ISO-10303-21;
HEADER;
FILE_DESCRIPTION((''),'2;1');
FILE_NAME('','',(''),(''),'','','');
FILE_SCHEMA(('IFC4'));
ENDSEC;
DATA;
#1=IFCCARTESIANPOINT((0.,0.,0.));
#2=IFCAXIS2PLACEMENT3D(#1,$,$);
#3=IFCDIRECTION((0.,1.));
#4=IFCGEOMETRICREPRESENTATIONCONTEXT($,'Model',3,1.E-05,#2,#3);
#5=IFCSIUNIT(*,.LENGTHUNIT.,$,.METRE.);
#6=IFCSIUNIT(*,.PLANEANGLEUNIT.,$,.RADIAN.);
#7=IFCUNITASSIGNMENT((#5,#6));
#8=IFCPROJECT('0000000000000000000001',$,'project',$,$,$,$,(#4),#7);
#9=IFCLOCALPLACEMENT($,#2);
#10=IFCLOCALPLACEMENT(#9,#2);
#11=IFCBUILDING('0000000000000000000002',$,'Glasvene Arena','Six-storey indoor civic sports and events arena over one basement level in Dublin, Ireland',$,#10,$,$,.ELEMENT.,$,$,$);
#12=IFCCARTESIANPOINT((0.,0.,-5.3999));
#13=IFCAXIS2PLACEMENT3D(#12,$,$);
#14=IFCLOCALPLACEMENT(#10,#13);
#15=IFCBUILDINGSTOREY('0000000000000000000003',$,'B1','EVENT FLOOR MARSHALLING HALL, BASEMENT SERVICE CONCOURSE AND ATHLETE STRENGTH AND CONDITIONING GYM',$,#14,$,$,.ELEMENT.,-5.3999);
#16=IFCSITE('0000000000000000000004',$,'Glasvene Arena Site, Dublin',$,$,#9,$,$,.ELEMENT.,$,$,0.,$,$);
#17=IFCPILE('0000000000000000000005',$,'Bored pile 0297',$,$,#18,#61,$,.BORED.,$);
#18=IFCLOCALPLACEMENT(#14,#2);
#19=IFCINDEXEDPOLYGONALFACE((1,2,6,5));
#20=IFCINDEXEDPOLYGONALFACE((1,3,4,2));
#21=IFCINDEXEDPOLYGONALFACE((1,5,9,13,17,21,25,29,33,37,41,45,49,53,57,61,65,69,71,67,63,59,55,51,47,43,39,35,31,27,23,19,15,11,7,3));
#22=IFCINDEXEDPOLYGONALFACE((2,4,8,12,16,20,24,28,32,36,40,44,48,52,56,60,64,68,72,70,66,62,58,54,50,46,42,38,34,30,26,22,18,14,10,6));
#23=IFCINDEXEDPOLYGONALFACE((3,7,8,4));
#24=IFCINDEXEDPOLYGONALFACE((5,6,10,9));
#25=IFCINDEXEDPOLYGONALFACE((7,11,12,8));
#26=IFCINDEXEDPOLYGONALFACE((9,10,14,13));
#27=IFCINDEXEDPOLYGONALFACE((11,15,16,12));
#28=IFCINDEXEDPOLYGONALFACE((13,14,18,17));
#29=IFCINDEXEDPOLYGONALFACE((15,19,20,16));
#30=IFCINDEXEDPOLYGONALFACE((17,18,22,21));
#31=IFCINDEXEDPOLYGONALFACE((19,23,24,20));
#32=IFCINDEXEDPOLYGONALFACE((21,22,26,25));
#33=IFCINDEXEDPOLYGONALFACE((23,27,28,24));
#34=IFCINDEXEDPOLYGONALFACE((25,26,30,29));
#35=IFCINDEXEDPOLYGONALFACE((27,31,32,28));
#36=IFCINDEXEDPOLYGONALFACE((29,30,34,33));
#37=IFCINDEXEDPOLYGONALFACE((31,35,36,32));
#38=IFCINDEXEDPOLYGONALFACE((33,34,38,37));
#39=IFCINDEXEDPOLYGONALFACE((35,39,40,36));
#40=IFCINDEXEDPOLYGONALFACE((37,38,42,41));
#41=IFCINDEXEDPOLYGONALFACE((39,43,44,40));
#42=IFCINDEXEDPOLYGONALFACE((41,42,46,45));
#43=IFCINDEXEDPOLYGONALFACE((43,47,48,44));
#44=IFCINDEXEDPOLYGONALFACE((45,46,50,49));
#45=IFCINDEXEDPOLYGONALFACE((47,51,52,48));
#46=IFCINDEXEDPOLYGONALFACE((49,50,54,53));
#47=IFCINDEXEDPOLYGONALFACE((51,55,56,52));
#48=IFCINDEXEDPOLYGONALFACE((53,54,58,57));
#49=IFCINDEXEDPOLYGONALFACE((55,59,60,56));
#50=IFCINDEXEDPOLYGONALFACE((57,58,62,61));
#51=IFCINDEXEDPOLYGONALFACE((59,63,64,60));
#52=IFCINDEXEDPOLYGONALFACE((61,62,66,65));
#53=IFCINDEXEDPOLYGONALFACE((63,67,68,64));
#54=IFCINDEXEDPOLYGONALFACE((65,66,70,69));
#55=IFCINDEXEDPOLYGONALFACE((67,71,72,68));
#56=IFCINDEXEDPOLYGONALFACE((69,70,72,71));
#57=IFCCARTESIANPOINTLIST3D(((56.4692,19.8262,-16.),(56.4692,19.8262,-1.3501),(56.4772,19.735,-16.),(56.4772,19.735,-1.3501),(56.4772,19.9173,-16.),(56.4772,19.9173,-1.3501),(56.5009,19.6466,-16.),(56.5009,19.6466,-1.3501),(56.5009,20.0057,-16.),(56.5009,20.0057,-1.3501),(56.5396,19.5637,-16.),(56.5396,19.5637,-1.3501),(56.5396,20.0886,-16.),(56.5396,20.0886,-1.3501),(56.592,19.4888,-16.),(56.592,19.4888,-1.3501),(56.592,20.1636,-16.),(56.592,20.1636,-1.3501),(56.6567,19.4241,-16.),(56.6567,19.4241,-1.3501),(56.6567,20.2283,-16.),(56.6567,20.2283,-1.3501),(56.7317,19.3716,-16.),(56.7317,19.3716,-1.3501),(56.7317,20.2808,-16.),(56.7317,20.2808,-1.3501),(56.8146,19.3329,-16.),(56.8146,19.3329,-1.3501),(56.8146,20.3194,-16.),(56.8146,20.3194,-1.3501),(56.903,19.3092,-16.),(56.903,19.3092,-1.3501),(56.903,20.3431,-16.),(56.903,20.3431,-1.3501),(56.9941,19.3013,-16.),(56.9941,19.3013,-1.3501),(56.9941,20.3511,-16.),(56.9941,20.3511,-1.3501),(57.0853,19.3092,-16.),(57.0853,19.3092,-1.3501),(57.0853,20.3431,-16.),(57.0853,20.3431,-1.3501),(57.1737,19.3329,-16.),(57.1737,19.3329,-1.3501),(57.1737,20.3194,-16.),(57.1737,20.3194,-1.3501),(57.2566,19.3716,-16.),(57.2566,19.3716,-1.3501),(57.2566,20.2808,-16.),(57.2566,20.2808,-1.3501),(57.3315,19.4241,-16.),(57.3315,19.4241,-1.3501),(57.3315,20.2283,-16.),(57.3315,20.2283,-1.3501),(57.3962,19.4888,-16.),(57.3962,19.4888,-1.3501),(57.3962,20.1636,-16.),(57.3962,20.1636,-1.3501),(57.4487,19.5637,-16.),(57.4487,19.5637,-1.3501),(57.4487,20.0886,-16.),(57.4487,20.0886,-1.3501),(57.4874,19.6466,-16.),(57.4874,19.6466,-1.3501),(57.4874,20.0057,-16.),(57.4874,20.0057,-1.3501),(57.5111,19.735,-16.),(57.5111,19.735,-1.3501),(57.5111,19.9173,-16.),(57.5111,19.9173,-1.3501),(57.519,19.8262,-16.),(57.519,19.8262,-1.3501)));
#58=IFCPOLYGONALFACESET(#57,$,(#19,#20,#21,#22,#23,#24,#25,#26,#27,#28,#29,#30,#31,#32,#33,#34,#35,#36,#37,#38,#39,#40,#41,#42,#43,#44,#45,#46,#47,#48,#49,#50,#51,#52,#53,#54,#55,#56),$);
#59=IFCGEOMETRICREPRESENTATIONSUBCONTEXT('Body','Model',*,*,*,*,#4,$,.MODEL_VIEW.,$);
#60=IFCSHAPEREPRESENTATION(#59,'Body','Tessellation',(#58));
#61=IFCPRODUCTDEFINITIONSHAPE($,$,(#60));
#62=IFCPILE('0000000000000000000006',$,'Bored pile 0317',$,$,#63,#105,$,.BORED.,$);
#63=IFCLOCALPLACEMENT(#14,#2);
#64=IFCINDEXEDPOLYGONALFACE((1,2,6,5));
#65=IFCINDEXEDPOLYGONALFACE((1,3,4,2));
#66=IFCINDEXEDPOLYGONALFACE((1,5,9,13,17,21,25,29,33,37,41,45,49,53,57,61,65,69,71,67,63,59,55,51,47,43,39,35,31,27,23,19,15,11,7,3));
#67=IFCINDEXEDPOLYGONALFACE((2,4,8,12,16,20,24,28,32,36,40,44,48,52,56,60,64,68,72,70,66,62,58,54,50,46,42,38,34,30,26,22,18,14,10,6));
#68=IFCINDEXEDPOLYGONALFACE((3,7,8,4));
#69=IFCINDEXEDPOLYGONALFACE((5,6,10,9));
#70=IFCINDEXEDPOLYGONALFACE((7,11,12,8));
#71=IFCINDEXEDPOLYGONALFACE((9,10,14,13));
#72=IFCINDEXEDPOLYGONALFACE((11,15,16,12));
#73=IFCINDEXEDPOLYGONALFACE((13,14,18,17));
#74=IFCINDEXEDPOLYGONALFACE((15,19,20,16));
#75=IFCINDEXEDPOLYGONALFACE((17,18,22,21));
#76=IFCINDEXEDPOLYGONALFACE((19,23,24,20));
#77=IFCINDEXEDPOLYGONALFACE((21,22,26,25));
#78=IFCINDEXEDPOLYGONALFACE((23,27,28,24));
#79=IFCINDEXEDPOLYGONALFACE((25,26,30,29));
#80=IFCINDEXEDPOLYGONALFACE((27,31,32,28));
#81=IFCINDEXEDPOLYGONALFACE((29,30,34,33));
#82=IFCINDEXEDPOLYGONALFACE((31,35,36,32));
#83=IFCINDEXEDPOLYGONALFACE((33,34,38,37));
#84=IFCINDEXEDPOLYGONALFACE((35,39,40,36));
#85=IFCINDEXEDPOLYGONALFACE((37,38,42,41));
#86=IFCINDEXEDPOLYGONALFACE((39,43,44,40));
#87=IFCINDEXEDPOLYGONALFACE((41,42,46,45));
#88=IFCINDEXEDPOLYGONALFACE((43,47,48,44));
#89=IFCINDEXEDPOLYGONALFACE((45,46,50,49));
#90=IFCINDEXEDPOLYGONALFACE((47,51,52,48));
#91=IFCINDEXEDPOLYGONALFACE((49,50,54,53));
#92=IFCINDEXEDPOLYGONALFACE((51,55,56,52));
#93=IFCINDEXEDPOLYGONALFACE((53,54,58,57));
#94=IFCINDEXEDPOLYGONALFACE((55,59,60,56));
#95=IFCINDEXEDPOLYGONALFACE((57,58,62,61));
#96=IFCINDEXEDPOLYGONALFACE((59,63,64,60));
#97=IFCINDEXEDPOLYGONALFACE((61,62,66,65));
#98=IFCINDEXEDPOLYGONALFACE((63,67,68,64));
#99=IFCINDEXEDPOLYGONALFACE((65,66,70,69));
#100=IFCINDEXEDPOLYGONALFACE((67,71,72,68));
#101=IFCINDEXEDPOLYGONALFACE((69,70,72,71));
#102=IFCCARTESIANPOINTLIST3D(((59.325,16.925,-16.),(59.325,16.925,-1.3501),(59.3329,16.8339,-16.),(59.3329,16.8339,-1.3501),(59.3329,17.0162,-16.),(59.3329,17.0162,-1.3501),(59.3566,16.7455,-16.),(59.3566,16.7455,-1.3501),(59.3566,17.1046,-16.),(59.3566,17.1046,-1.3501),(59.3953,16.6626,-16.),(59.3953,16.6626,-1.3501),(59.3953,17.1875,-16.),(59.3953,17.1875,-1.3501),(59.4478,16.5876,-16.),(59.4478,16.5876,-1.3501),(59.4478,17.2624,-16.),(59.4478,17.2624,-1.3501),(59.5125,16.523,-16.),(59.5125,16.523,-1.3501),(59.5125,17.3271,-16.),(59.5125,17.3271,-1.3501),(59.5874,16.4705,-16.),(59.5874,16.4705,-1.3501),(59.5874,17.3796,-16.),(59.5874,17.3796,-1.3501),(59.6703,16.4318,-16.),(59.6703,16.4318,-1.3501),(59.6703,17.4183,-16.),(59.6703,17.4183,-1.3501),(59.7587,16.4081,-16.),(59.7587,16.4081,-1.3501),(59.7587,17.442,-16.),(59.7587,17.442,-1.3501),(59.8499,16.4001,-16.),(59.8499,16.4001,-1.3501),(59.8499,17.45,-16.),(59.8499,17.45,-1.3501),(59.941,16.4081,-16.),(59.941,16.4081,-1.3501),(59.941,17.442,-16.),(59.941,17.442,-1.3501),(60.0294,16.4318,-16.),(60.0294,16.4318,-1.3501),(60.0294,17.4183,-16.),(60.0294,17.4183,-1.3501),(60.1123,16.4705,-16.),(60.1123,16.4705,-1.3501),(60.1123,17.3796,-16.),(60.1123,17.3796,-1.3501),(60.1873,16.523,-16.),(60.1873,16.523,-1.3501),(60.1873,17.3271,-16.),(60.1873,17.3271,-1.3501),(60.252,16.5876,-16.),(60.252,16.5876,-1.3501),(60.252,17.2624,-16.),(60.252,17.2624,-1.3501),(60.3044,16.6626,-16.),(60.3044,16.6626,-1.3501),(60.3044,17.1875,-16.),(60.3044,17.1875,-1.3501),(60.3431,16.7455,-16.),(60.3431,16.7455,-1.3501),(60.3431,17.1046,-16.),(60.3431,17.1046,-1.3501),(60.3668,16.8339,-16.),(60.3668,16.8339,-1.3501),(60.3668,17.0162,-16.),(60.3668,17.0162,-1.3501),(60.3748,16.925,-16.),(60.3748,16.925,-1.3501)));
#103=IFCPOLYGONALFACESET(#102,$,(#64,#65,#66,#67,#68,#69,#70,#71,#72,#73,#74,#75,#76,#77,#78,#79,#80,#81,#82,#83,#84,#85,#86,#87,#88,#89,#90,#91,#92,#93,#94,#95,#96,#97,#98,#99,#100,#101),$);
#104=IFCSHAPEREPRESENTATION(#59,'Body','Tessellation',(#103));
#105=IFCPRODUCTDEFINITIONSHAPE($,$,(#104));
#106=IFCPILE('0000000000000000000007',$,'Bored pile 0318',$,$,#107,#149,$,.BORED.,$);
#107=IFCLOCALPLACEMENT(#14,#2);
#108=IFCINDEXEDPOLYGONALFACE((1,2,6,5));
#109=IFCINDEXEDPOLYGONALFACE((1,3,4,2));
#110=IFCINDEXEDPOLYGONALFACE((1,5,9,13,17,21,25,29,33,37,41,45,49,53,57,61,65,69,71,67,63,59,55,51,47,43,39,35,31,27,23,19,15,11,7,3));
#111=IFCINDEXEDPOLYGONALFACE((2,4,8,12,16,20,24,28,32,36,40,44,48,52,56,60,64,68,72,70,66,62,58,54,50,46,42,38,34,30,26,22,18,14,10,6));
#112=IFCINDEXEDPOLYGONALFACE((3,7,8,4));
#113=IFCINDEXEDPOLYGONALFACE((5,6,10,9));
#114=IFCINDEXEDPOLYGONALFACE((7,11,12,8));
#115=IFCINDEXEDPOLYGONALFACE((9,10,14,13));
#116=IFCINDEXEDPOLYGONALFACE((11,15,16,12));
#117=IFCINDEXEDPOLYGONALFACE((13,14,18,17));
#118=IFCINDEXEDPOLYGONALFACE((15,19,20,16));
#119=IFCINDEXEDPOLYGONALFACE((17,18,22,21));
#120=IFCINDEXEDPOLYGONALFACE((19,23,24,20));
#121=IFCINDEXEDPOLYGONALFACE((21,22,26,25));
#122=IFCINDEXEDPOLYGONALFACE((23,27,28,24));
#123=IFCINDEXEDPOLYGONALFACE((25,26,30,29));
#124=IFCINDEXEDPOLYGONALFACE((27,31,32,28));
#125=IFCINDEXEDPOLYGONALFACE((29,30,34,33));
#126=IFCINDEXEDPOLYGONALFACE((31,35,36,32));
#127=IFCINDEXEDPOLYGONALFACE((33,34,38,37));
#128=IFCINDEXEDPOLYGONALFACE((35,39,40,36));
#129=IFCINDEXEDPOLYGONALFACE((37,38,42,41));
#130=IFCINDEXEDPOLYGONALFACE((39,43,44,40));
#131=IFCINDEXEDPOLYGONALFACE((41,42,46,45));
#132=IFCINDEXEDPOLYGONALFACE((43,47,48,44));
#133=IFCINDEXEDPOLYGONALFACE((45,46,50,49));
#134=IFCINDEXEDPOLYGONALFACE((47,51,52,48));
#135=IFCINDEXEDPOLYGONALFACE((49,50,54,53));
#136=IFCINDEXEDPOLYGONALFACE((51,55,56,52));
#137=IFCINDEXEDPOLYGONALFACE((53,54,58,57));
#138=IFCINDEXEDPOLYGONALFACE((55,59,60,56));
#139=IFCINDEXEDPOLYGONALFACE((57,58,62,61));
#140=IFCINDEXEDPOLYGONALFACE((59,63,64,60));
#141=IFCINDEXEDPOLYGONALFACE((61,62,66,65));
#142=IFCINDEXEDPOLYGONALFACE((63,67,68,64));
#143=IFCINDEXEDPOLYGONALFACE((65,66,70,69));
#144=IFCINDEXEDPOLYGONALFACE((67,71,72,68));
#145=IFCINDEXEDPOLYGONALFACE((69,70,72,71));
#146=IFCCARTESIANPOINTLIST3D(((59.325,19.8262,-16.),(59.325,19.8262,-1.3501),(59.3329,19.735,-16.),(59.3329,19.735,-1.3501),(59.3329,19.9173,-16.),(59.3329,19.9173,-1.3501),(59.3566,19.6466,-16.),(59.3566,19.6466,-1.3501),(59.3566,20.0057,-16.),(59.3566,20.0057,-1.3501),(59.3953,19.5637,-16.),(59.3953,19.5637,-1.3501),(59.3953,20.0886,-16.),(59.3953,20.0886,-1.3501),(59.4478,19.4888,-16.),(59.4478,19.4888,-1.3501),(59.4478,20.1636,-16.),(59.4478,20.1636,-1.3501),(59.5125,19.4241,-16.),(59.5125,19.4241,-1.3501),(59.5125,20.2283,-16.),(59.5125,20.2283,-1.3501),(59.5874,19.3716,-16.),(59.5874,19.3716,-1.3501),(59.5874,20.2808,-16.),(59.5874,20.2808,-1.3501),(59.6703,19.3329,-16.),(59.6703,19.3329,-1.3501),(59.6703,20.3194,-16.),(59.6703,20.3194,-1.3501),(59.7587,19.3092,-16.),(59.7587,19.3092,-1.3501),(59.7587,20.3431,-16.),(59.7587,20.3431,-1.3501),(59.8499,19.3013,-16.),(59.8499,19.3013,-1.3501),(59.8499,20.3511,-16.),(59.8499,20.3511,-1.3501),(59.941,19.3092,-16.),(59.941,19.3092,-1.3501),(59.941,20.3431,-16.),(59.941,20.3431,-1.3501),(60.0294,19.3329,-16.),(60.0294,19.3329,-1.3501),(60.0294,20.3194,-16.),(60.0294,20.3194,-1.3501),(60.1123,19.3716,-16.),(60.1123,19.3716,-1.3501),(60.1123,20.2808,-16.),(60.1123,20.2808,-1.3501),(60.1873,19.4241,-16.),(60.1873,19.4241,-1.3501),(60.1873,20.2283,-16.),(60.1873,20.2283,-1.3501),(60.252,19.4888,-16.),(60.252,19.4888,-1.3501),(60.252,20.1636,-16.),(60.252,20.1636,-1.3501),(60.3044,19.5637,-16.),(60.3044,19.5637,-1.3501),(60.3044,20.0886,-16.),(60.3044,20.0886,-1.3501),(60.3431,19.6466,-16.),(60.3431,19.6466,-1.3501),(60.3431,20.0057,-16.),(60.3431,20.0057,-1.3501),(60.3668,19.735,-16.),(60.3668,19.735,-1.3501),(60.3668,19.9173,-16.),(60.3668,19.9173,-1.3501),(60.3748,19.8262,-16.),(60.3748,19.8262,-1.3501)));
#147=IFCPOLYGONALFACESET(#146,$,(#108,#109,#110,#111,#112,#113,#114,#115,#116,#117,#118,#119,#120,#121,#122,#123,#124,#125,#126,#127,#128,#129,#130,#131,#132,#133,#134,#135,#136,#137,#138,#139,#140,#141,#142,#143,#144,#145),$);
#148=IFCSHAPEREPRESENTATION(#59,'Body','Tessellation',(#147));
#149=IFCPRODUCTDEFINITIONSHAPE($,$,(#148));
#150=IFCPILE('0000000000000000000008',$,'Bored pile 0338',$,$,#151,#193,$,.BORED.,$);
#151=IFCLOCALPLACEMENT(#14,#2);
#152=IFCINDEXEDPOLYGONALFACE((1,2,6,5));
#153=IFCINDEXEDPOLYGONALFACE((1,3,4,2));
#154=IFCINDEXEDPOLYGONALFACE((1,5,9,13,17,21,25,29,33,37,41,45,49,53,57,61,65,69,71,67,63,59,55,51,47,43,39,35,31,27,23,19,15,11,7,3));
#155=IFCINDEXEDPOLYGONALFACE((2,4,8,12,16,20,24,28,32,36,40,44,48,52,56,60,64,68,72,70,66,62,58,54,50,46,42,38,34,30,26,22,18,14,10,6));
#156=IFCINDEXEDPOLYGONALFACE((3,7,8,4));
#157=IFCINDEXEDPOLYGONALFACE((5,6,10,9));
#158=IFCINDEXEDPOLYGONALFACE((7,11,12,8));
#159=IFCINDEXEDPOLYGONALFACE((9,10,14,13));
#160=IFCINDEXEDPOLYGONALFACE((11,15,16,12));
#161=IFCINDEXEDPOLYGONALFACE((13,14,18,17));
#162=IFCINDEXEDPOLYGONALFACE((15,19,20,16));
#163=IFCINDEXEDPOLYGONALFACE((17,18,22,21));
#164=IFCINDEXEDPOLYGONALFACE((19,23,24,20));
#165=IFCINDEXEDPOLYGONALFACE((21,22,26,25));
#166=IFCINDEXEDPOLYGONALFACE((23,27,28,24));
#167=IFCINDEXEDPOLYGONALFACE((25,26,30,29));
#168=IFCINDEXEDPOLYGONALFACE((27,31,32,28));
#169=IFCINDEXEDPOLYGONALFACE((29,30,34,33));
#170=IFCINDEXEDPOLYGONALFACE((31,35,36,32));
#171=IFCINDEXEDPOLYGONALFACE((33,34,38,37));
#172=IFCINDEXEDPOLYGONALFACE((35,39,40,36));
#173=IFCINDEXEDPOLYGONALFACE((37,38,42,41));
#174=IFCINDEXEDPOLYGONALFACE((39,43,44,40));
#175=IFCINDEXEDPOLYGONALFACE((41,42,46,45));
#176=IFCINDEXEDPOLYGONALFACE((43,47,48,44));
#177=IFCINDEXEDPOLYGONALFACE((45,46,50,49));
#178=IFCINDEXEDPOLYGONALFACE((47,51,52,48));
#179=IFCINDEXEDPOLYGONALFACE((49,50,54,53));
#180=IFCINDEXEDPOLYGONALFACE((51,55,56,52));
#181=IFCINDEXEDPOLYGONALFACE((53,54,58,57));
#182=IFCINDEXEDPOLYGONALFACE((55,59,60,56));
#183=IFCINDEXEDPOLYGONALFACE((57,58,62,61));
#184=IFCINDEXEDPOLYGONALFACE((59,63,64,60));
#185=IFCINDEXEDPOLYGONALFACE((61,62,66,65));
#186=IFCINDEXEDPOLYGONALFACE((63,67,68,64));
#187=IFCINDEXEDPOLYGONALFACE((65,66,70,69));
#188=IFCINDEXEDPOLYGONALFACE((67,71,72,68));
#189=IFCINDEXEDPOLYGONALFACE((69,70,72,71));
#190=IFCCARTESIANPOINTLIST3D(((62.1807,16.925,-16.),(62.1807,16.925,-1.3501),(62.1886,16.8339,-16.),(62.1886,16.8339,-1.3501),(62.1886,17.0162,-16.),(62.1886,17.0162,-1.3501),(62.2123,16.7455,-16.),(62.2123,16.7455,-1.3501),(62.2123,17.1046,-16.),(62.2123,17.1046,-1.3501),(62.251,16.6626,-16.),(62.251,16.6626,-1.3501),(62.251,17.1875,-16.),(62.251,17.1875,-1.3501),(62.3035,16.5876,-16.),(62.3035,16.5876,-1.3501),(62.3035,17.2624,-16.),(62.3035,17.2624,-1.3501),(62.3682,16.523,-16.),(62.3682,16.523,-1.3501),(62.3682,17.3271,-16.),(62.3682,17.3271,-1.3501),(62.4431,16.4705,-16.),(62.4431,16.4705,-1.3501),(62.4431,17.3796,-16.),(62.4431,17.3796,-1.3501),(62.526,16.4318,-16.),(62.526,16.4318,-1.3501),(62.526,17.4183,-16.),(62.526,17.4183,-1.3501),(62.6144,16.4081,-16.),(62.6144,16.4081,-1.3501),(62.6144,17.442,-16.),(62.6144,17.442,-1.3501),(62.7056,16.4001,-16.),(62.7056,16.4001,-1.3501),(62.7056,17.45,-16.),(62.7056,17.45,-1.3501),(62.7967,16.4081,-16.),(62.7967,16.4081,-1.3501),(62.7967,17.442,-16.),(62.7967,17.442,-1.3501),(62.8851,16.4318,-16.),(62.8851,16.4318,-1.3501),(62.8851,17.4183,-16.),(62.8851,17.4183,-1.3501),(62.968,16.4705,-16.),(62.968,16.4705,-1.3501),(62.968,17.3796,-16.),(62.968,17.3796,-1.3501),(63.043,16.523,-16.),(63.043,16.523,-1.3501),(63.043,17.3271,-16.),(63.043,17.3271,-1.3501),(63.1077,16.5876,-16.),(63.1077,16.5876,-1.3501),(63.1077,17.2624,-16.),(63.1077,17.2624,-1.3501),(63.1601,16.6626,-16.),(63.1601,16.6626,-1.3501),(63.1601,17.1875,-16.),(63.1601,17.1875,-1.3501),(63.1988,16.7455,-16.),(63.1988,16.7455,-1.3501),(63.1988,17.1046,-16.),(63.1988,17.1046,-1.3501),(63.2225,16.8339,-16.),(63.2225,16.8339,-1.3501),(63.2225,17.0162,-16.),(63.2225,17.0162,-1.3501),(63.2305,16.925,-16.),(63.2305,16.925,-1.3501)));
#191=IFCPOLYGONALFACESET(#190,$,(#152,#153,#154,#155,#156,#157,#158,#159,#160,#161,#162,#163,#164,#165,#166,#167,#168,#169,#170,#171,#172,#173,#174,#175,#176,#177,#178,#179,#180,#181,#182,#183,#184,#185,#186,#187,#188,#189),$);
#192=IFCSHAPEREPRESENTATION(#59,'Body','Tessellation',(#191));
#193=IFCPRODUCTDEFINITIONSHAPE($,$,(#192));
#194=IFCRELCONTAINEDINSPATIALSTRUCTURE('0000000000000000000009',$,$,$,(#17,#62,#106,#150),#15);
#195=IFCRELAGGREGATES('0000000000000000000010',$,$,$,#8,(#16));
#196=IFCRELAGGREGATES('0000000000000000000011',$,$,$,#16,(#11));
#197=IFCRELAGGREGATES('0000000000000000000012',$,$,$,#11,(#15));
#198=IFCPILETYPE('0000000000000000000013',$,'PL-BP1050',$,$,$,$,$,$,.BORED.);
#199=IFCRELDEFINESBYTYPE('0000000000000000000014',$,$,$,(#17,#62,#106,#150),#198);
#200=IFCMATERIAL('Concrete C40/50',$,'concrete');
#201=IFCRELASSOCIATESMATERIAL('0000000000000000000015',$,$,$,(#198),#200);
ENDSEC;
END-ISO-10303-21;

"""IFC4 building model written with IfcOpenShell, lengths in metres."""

from ifc_helpers import new_model, si_unit, direction, frame, origin, origin_2d, place, context, subcontext, project, spatial, circle, extrude, material, material_profile, profile_set, type_object, element, save


model = new_model("IFC4")

# Units and contexts
model_context = context("Model", 3, precision=1e-05, world=origin(), true_north=direction((0.0, 1.0)))
body_context = subcontext(model_context, "Body", "Model", "MODEL_VIEW")
ifc_project = project(units=[si_unit("LENGTHUNIT", "METRE"), si_unit("PLANEANGLEUNIT", "RADIAN")], contexts=[model_context])

# Site, building, storey
site_placement = place(None, origin())
site = spatial("IfcSite", under=ifc_project, at=site_placement, Name="Glasvene Arena Site, Dublin", CompositionType="ELEMENT", RefElevation=0.0)
building_placement = place(site_placement, origin())
building = spatial("IfcBuilding", under=site, at=building_placement, Name="Glasvene Arena", Description="Six-storey indoor civic sports and events arena over one basement level in Dublin, Ireland", CompositionType="ELEMENT")
storey_placement = place(building_placement, frame((0.0, 0.0, -5.3999)))
storey = spatial("IfcBuildingStorey", under=building, at=storey_placement, Name="B1", Description="EVENT FLOOR MARSHALLING HALL, BASEMENT SERVICE CONCOURSE AND ATHLETE STRENGTH AND CONDITIONING GYM", CompositionType="ELEMENT", Elevation=-5.3999)

# Shared definitions
ifc_material_1 = material(Name="Concrete C40/50", Category="concrete")

# Piles
ifc_material_profile_1 = material_profile(ifc_material_1, circle(Radius=0.5249, at=origin_2d()), Name="BORED PILE 1050")
ifc_profile_set_1 = profile_set([ifc_material_profile_1], Name="Concrete C40/50")
pile_type_1 = type_object("IfcPileType", Name="PL-BP1050", PredefinedType="BORED", material=ifc_profile_set_1)
for number, where, z_axis, x_axis, name in (
    (1, (56.9941, 19.8262, -1.3501), (0.0, 0.0, -1.0), (1.0, 0.0, 0.0), "Bored pile 0297"),
    (2, (59.8499, 16.925, -1.3501), (0.0, 0.0, -1.0), (1.0, 0.0, 0.0), "Bored pile 0317"),
    (3, (59.8499, 19.8262, -1.3501), (0.0, 0.0, -1.0), (1.0, 0.0, 0.0), "Bored pile 0318"),
    (4, (62.7056, 16.925, -1.3501), (0.0, 0.0, -1.0), (1.0, 0.0, 0.0), "Bored pile 0338"),
):
    element("IfcPile", number, at=place(storey_placement, frame(where, z_axis=z_axis, x_axis=x_axis)), inside=storey, type_object=pile_type_1, Name=name, PredefinedType="BORED", context=body_context, shape_type="SweptSolid", body=[
        extrude(circle(Radius=0.5249, at=origin_2d()), origin(), (0.0, 0.0, 1.0), 14.6499),
    ])

save(model, "model.ifc")
